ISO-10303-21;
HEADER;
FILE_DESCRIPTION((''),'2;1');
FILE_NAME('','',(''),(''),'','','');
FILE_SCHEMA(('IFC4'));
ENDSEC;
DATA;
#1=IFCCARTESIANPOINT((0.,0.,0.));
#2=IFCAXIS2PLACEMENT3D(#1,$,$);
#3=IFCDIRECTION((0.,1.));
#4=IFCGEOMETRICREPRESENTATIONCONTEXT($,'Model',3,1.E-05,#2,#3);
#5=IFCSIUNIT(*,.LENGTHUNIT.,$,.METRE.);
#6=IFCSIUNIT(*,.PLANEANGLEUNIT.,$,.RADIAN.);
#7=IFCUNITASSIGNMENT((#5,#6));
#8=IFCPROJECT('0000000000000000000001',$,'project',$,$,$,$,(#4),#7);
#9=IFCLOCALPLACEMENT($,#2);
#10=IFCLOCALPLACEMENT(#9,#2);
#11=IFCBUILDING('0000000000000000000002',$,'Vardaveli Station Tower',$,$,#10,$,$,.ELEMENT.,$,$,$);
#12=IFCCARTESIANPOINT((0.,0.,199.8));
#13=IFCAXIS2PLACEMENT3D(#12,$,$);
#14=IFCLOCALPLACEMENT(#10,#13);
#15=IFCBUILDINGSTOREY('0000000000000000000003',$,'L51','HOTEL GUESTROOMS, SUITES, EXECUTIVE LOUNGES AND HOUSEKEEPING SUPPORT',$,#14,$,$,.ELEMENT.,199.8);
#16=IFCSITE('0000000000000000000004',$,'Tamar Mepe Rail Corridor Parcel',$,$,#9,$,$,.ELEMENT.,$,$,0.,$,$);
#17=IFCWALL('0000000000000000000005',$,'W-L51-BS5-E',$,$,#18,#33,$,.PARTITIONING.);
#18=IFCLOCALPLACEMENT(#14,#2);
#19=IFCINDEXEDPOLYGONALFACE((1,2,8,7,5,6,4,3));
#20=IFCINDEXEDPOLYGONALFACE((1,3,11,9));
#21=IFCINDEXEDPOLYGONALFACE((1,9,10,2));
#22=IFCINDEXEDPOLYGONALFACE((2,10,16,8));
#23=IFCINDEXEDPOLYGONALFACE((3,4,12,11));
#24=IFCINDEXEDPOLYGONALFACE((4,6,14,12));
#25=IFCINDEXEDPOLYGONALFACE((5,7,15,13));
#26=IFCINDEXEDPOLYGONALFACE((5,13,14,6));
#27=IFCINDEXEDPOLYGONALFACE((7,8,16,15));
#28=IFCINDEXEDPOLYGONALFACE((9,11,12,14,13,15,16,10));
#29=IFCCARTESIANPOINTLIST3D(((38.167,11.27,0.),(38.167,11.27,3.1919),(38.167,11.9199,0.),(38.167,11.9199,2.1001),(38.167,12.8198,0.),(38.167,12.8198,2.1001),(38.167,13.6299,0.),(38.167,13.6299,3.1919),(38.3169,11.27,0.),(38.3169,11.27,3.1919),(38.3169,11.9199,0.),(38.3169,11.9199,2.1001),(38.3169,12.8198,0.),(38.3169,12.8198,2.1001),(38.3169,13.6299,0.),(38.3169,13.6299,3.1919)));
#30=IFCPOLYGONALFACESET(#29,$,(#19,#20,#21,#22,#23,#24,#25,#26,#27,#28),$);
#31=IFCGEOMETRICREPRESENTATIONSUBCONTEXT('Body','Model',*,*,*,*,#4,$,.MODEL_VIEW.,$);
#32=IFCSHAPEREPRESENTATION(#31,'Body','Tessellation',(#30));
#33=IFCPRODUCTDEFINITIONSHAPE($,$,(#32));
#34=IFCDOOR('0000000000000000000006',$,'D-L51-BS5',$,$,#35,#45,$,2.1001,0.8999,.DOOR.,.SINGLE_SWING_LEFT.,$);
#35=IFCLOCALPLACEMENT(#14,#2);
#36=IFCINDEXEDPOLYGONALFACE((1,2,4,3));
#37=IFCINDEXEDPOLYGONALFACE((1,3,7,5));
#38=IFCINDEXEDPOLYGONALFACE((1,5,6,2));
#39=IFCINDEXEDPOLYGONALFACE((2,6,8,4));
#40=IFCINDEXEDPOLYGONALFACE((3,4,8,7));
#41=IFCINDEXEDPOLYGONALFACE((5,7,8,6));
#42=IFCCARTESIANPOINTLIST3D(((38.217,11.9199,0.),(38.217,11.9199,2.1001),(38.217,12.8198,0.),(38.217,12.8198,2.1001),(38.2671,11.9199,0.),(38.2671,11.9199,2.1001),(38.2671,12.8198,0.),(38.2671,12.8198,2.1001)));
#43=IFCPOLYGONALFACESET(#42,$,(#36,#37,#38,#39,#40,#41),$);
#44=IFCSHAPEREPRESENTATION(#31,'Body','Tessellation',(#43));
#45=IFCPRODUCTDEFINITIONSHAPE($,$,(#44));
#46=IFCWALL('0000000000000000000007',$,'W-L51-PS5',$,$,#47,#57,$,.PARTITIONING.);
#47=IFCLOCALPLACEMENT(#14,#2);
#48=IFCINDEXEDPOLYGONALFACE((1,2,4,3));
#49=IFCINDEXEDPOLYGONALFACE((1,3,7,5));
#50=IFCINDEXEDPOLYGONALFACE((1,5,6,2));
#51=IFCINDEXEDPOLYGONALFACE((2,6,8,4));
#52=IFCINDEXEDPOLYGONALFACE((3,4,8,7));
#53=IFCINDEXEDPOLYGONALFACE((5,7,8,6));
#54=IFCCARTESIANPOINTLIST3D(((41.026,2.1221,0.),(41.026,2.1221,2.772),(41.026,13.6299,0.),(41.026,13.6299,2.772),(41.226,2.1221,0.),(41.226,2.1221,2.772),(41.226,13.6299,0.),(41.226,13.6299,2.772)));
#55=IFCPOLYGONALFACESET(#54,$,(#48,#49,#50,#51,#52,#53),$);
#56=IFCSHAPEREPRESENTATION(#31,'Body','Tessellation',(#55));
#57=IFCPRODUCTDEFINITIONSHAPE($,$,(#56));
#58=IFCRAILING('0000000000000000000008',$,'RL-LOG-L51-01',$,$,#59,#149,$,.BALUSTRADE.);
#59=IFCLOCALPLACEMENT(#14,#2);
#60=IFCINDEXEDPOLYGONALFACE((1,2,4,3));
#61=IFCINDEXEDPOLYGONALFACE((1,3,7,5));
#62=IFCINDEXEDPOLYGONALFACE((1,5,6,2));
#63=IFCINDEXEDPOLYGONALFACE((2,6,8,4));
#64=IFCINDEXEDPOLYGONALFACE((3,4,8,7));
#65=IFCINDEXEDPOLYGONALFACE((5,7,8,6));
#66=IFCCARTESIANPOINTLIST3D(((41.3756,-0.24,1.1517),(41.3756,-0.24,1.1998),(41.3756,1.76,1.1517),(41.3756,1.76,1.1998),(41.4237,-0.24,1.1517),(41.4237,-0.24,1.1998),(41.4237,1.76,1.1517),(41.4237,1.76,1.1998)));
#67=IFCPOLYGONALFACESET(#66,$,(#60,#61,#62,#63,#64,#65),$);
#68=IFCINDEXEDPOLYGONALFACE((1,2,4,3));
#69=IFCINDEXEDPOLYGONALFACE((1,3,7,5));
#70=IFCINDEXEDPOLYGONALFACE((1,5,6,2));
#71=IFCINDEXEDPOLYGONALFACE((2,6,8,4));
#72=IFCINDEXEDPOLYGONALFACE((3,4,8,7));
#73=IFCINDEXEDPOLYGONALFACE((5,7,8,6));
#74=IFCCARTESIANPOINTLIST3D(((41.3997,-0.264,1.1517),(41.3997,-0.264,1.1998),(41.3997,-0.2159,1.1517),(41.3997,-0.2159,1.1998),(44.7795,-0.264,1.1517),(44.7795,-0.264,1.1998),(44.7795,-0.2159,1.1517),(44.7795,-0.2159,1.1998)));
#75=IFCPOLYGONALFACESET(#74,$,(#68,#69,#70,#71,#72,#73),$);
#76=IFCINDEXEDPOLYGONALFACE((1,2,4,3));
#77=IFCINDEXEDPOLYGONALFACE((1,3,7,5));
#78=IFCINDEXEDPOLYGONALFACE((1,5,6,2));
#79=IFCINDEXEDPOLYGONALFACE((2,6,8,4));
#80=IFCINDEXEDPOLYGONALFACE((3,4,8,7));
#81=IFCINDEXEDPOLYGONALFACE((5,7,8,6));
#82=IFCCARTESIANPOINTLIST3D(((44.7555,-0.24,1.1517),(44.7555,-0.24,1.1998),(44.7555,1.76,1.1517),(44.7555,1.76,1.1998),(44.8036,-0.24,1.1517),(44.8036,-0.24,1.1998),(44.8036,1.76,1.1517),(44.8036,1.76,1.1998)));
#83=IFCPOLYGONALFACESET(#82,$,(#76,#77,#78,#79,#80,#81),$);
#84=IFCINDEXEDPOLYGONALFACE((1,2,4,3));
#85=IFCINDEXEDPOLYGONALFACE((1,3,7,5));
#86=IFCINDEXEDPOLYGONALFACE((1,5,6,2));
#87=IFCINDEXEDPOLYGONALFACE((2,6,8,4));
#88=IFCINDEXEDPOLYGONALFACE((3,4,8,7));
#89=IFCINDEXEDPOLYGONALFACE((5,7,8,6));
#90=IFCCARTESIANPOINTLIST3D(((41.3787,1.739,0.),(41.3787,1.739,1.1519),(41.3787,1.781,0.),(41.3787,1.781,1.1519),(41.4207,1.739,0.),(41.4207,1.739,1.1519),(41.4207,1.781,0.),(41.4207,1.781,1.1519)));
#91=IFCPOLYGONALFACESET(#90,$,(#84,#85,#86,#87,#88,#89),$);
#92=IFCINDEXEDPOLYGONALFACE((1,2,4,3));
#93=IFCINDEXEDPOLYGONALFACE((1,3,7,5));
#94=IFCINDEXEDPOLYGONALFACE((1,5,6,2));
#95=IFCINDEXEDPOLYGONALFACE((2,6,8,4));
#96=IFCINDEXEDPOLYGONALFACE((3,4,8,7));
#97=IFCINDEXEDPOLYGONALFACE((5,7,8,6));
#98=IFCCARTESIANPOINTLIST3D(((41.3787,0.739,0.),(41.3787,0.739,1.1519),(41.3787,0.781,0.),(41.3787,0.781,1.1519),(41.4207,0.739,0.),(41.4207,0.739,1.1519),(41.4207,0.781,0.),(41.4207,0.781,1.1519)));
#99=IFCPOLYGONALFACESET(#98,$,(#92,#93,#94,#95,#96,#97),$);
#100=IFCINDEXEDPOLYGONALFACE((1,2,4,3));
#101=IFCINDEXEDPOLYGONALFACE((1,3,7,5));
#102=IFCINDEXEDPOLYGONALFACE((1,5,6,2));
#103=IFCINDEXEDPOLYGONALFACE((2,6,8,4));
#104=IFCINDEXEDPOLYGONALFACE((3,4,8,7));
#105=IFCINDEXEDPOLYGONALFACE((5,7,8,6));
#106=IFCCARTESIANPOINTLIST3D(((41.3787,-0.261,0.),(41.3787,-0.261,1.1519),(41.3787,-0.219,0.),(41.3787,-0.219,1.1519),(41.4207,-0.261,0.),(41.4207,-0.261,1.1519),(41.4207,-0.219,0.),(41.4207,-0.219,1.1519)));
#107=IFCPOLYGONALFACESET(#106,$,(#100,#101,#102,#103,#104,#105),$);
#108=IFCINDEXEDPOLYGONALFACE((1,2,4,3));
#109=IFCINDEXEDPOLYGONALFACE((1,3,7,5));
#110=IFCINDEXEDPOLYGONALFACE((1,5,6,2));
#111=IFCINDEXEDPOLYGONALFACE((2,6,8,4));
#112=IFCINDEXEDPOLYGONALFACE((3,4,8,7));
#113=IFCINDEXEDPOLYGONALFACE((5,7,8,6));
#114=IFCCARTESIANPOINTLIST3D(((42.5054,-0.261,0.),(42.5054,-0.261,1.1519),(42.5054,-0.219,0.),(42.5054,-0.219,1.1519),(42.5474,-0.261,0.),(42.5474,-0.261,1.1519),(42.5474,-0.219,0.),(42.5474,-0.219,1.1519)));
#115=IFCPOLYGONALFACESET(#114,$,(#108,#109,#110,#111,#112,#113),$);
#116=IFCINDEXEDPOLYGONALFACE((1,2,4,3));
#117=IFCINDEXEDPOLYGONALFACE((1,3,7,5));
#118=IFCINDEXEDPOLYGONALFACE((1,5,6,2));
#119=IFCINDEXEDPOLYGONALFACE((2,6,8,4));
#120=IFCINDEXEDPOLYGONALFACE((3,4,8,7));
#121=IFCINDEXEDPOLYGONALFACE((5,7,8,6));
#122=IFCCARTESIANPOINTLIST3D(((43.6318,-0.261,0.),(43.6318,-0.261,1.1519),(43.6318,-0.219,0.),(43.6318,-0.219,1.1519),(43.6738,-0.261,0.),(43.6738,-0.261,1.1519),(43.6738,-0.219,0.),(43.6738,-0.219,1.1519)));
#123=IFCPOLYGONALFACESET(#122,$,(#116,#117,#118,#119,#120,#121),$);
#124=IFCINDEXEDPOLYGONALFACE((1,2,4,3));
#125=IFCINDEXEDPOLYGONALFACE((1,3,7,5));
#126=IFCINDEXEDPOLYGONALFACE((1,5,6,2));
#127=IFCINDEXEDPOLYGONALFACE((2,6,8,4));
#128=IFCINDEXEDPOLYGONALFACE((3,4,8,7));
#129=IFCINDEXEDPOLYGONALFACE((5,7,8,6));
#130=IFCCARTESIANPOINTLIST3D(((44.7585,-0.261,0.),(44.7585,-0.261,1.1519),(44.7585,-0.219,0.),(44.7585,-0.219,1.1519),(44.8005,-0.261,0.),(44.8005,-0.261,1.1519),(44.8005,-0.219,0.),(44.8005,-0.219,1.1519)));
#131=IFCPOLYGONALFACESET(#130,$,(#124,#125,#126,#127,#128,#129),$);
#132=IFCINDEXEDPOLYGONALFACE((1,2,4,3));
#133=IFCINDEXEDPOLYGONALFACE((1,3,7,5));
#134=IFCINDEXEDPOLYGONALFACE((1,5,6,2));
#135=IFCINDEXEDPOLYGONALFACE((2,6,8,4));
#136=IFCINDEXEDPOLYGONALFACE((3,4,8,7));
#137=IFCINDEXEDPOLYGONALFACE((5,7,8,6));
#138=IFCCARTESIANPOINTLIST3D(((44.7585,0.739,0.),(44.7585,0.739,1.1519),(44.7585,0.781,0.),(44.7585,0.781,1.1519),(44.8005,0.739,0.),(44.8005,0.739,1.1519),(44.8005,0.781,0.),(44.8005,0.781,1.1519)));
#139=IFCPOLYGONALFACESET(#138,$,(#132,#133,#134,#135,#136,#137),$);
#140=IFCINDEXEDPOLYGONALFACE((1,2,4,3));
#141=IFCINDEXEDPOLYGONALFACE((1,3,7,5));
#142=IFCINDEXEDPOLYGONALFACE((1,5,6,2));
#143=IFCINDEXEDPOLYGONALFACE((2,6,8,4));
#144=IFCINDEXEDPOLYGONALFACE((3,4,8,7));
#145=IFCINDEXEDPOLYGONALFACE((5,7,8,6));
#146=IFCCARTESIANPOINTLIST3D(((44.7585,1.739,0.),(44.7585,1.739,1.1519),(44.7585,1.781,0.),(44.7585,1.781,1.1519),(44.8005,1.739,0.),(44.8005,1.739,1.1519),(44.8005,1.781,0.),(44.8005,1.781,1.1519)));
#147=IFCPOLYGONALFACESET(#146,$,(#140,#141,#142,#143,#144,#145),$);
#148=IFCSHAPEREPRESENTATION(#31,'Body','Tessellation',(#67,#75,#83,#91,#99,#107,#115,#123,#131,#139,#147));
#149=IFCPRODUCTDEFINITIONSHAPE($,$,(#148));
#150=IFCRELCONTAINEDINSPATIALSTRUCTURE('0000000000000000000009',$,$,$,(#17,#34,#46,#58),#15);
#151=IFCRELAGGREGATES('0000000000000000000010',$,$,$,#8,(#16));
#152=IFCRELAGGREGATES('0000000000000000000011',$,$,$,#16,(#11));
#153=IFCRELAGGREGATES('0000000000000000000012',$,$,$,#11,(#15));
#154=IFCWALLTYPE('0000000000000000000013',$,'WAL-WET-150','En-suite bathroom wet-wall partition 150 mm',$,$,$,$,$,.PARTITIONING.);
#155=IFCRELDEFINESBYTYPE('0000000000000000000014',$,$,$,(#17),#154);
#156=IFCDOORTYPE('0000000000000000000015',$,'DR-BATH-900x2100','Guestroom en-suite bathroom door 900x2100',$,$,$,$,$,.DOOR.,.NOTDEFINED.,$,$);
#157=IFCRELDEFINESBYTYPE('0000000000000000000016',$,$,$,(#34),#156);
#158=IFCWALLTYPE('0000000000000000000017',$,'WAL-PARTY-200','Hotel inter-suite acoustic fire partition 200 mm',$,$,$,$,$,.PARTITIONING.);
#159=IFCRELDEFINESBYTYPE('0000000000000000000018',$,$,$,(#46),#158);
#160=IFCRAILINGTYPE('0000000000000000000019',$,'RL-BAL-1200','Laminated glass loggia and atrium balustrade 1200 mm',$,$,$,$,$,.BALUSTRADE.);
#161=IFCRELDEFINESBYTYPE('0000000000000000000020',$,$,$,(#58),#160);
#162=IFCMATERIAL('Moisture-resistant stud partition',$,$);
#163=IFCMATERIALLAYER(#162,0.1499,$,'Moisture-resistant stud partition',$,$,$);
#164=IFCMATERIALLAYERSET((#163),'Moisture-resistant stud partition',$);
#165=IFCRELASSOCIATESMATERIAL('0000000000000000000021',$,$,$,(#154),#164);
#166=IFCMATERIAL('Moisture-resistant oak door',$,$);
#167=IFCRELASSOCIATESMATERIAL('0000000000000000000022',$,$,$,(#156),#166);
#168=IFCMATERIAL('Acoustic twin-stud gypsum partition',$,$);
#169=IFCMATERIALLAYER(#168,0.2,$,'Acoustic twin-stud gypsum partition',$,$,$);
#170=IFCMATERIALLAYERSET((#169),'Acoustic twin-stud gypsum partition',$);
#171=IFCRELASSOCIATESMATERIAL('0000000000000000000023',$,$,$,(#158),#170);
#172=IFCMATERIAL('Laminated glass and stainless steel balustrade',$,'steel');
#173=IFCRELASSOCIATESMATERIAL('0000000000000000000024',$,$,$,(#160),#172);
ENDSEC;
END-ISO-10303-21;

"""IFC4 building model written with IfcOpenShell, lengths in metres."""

from ifc_helpers import new_model, si_unit, direction, frame, frame_2d, origin, origin_2d, place, context, subcontext, project, spatial, rectangle, extrude, source, transform, mapped, material, layer, layer_set, type_object, element, fill, save


model = new_model("IFC4")

# Units and contexts
model_context = context("Model", 3, precision=1e-05, world=origin(), true_north=direction((0.0, 1.0)))
body_context = subcontext(model_context, "Body", "Model", "MODEL_VIEW")
ifc_project = project(units=[si_unit("LENGTHUNIT", "METRE"), si_unit("PLANEANGLEUNIT", "RADIAN")], contexts=[model_context])

# Site, building, storey
site_placement = place(None, origin())
site = spatial("IfcSite", under=ifc_project, at=site_placement, Name="Tamar Mepe Rail Corridor Parcel", CompositionType="ELEMENT", RefElevation=0.0)
building_placement = place(site_placement, origin())
building = spatial("IfcBuilding", under=site, at=building_placement, Name="Vardaveli Station Tower", CompositionType="ELEMENT")
storey_placement = place(building_placement, frame((0.0, 0.0, 199.8)))
storey = spatial("IfcBuildingStorey", under=building, at=storey_placement, Name="L51", Description="HOTEL GUESTROOMS, SUITES, EXECUTIVE LOUNGES AND HOUSEKEEPING SUPPORT", CompositionType="ELEMENT", Elevation=199.8)

# Wall, opening, door
ifc_material_1 = material(Name="Moisture-resistant stud partition")
ifc_layer_1 = layer(ifc_material_1, 0.1499, Name="Moisture-resistant stud partition")
ifc_layer_set_1 = layer_set([ifc_layer_1], Name="Moisture-resistant stud partition")
wall_type_1 = type_object("IfcWallType", Name="WAL-WET-150", Description="En-suite bathroom wet-wall partition 150 mm", PredefinedType="PARTITIONING", material=ifc_layer_set_1)
shared_shape_1 = source(origin(), body_context, "Body", "SweptSolid", [
    extrude(rectangle(XDim=2.3599, YDim=0.1499, at=frame_2d((1.1799, 0.0))), origin(), (0.0, 0.0, 1.0), 3.1919),
])
wall_1_placement = place(storey_placement, frame((38.2419, 11.27, 0.0), z_axis=(0.0, 0.0, 1.0), x_axis=(0.0, 1.0, 0.0)))
wall_1 = element("IfcWall", 1, at=wall_1_placement, inside=storey, type_object=wall_type_1, Name="W-L51-BS5-E", PredefinedType="PARTITIONING", context=body_context, shape_type="MappedRepresentation", body=[
    mapped(shared_shape_1, transform((0.0, 0.0, 0.0), scale=1.0)),
])
shared_shape_2 = source(origin(), body_context, "Body", "SweptSolid", [
    extrude(rectangle(XDim=0.8999, YDim=2.1001, at=frame_2d((0.45, 1.05))), frame((0.0, 0.085, 0.0), z_axis=(0.0, -1.0, 0.0), x_axis=(1.0, 0.0, 0.0)), (0.0, 0.0, 1.0), 0.1699),
])
opening_1_placement = place(wall_1_placement, frame((0.6499, 0.0, 0.0)))
opening_1 = element("IfcOpeningElement", 2, at=opening_1_placement, cuts=wall_1, PredefinedType="OPENING", context=body_context, shape_type="MappedRepresentation", body=[
    mapped(shared_shape_2, transform((0.0, 0.0, 0.0), scale=1.0)),
])
ifc_material_2 = material(Name="Moisture-resistant oak door")
door_type_1 = type_object("IfcDoorType", Name="DR-BATH-900x2100", Description="Guestroom en-suite bathroom door 900x2100", OperationType="NOTDEFINED", PredefinedType="DOOR", material=ifc_material_2)
shared_shape_3 = source(origin(), body_context, "Body", "SweptSolid", [
    extrude(rectangle(XDim=0.8999, YDim=2.1001, at=frame_2d((0.45, 1.05))), frame((0.0, 0.0249, 0.0), z_axis=(0.0, -1.0, 0.0), x_axis=(1.0, 0.0, 0.0)), (0.0, 0.0, 1.0), 0.05),
])
door_1_placement = place(opening_1_placement, origin())
door_1 = element("IfcDoor", 3, at=door_1_placement, inside=storey, type_object=door_type_1, Name="D-L51-BS5", OperationType="SINGLE_SWING_LEFT", OverallHeight=2.1001, OverallWidth=0.8999, PredefinedType="DOOR", context=body_context, shape_type="MappedRepresentation", body=[
    mapped(shared_shape_3, transform((0.0, 0.0, 0.0), scale=1.0)),
])
fill(opening_1, door_1)

# Wall
ifc_material_3 = material(Name="Acoustic twin-stud gypsum partition")
ifc_layer_2 = layer(ifc_material_3, 0.2, Name="Acoustic twin-stud gypsum partition")
ifc_layer_set_2 = layer_set([ifc_layer_2], Name="Acoustic twin-stud gypsum partition")
wall_type_2 = type_object("IfcWallType", Name="WAL-PARTY-200", Description="Hotel inter-suite acoustic fire partition 200 mm", PredefinedType="PARTITIONING", material=ifc_layer_set_2)
shared_shape_4 = source(origin(), body_context, "Body", "SweptSolid", [
    extrude(rectangle(XDim=11.5078, YDim=0.2, at=frame_2d((5.7539, 0.0))), origin(), (0.0, 0.0, 1.0), 2.772),
])
wall_2_placement = place(storey_placement, frame((41.126, 2.1221, 0.0), z_axis=(0.0, 0.0, 1.0), x_axis=(0.0, 1.0, 0.0)))
element("IfcWall", 4, at=wall_2_placement, inside=storey, type_object=wall_type_2, Name="W-L51-PS5", PredefinedType="PARTITIONING", context=body_context, shape_type="MappedRepresentation", body=[
    mapped(shared_shape_4, transform((0.0, 0.0, 0.0), scale=1.0)),
])

# Railing
ifc_material_4 = material(Name="Laminated glass and stainless steel balustrade", Category="steel")
railing_type = type_object("IfcRailingType", Name="RL-BAL-1200", Description="Laminated glass loggia and atrium balustrade 1200 mm", PredefinedType="BALUSTRADE", material=ifc_material_4)
shared_shape_5 = source(origin(), body_context, "Body", "SweptSolid", [
    extrude(rectangle(XDim=0.0481, YDim=0.0481, at=origin_2d()), frame((0.0, 0.0, 1.1758), z_axis=(0.0, -1.0, 0.0), x_axis=(1.0, 0.0, 0.0)), (0.0, 0.0, 1.0), 2.0),
    extrude(rectangle(XDim=0.0481, YDim=0.0481, at=origin_2d()), frame((0.0, -2.0, 1.1758), z_axis=(1.0, 0.0, 0.0), x_axis=(0.0, 1.0, 0.0)), (0.0, 0.0, 1.0), 3.3799),
    extrude(rectangle(XDim=0.0481, YDim=0.0481, at=origin_2d()), frame((3.3799, -2.0, 1.1758), z_axis=(0.0, 1.0, 0.0), x_axis=(-1.0, 0.0, 0.0)), (0.0, 0.0, 1.0), 2.0),
    extrude(rectangle(XDim=0.042, YDim=0.042, at=origin_2d()), origin(), (0.0, 0.0, 1.0), 1.1519),
    extrude(rectangle(XDim=0.042, YDim=0.042, at=origin_2d()), frame((0.0, -1.0, 0.0)), (0.0, 0.0, 1.0), 1.1519),
    extrude(rectangle(XDim=0.042, YDim=0.042, at=origin_2d()), frame((0.0, -2.0, 0.0)), (0.0, 0.0, 1.0), 1.1519),
    extrude(rectangle(XDim=0.042, YDim=0.042, at=origin_2d()), frame((1.1267, -2.0, 0.0)), (0.0, 0.0, 1.0), 1.1519),
    extrude(rectangle(XDim=0.042, YDim=0.042, at=origin_2d()), frame((2.2532, -2.0, 0.0)), (0.0, 0.0, 1.0), 1.1519),
    extrude(rectangle(XDim=0.042, YDim=0.042, at=origin_2d()), frame((3.3799, -2.0, 0.0)), (0.0, 0.0, 1.0), 1.1519),
    extrude(rectangle(XDim=0.042, YDim=0.042, at=origin_2d()), frame((3.3799, -1.0, 0.0)), (0.0, 0.0, 1.0), 1.1519),
    extrude(rectangle(XDim=0.042, YDim=0.042, at=origin_2d()), frame((3.3799, 0.0, 0.0)), (0.0, 0.0, 1.0), 1.1519),
])
railing_placement = place(storey_placement, frame((41.3997, 1.76, 0.0)))
element("IfcRailing", 5, at=railing_placement, inside=storey, type_object=railing_type, Name="RL-LOG-L51-01", PredefinedType="BALUSTRADE", context=body_context, shape_type="MappedRepresentation", body=[
    mapped(shared_shape_5, transform((0.0, 0.0, 0.0), scale=1.0)),
])

save(model, "model.ifc")
